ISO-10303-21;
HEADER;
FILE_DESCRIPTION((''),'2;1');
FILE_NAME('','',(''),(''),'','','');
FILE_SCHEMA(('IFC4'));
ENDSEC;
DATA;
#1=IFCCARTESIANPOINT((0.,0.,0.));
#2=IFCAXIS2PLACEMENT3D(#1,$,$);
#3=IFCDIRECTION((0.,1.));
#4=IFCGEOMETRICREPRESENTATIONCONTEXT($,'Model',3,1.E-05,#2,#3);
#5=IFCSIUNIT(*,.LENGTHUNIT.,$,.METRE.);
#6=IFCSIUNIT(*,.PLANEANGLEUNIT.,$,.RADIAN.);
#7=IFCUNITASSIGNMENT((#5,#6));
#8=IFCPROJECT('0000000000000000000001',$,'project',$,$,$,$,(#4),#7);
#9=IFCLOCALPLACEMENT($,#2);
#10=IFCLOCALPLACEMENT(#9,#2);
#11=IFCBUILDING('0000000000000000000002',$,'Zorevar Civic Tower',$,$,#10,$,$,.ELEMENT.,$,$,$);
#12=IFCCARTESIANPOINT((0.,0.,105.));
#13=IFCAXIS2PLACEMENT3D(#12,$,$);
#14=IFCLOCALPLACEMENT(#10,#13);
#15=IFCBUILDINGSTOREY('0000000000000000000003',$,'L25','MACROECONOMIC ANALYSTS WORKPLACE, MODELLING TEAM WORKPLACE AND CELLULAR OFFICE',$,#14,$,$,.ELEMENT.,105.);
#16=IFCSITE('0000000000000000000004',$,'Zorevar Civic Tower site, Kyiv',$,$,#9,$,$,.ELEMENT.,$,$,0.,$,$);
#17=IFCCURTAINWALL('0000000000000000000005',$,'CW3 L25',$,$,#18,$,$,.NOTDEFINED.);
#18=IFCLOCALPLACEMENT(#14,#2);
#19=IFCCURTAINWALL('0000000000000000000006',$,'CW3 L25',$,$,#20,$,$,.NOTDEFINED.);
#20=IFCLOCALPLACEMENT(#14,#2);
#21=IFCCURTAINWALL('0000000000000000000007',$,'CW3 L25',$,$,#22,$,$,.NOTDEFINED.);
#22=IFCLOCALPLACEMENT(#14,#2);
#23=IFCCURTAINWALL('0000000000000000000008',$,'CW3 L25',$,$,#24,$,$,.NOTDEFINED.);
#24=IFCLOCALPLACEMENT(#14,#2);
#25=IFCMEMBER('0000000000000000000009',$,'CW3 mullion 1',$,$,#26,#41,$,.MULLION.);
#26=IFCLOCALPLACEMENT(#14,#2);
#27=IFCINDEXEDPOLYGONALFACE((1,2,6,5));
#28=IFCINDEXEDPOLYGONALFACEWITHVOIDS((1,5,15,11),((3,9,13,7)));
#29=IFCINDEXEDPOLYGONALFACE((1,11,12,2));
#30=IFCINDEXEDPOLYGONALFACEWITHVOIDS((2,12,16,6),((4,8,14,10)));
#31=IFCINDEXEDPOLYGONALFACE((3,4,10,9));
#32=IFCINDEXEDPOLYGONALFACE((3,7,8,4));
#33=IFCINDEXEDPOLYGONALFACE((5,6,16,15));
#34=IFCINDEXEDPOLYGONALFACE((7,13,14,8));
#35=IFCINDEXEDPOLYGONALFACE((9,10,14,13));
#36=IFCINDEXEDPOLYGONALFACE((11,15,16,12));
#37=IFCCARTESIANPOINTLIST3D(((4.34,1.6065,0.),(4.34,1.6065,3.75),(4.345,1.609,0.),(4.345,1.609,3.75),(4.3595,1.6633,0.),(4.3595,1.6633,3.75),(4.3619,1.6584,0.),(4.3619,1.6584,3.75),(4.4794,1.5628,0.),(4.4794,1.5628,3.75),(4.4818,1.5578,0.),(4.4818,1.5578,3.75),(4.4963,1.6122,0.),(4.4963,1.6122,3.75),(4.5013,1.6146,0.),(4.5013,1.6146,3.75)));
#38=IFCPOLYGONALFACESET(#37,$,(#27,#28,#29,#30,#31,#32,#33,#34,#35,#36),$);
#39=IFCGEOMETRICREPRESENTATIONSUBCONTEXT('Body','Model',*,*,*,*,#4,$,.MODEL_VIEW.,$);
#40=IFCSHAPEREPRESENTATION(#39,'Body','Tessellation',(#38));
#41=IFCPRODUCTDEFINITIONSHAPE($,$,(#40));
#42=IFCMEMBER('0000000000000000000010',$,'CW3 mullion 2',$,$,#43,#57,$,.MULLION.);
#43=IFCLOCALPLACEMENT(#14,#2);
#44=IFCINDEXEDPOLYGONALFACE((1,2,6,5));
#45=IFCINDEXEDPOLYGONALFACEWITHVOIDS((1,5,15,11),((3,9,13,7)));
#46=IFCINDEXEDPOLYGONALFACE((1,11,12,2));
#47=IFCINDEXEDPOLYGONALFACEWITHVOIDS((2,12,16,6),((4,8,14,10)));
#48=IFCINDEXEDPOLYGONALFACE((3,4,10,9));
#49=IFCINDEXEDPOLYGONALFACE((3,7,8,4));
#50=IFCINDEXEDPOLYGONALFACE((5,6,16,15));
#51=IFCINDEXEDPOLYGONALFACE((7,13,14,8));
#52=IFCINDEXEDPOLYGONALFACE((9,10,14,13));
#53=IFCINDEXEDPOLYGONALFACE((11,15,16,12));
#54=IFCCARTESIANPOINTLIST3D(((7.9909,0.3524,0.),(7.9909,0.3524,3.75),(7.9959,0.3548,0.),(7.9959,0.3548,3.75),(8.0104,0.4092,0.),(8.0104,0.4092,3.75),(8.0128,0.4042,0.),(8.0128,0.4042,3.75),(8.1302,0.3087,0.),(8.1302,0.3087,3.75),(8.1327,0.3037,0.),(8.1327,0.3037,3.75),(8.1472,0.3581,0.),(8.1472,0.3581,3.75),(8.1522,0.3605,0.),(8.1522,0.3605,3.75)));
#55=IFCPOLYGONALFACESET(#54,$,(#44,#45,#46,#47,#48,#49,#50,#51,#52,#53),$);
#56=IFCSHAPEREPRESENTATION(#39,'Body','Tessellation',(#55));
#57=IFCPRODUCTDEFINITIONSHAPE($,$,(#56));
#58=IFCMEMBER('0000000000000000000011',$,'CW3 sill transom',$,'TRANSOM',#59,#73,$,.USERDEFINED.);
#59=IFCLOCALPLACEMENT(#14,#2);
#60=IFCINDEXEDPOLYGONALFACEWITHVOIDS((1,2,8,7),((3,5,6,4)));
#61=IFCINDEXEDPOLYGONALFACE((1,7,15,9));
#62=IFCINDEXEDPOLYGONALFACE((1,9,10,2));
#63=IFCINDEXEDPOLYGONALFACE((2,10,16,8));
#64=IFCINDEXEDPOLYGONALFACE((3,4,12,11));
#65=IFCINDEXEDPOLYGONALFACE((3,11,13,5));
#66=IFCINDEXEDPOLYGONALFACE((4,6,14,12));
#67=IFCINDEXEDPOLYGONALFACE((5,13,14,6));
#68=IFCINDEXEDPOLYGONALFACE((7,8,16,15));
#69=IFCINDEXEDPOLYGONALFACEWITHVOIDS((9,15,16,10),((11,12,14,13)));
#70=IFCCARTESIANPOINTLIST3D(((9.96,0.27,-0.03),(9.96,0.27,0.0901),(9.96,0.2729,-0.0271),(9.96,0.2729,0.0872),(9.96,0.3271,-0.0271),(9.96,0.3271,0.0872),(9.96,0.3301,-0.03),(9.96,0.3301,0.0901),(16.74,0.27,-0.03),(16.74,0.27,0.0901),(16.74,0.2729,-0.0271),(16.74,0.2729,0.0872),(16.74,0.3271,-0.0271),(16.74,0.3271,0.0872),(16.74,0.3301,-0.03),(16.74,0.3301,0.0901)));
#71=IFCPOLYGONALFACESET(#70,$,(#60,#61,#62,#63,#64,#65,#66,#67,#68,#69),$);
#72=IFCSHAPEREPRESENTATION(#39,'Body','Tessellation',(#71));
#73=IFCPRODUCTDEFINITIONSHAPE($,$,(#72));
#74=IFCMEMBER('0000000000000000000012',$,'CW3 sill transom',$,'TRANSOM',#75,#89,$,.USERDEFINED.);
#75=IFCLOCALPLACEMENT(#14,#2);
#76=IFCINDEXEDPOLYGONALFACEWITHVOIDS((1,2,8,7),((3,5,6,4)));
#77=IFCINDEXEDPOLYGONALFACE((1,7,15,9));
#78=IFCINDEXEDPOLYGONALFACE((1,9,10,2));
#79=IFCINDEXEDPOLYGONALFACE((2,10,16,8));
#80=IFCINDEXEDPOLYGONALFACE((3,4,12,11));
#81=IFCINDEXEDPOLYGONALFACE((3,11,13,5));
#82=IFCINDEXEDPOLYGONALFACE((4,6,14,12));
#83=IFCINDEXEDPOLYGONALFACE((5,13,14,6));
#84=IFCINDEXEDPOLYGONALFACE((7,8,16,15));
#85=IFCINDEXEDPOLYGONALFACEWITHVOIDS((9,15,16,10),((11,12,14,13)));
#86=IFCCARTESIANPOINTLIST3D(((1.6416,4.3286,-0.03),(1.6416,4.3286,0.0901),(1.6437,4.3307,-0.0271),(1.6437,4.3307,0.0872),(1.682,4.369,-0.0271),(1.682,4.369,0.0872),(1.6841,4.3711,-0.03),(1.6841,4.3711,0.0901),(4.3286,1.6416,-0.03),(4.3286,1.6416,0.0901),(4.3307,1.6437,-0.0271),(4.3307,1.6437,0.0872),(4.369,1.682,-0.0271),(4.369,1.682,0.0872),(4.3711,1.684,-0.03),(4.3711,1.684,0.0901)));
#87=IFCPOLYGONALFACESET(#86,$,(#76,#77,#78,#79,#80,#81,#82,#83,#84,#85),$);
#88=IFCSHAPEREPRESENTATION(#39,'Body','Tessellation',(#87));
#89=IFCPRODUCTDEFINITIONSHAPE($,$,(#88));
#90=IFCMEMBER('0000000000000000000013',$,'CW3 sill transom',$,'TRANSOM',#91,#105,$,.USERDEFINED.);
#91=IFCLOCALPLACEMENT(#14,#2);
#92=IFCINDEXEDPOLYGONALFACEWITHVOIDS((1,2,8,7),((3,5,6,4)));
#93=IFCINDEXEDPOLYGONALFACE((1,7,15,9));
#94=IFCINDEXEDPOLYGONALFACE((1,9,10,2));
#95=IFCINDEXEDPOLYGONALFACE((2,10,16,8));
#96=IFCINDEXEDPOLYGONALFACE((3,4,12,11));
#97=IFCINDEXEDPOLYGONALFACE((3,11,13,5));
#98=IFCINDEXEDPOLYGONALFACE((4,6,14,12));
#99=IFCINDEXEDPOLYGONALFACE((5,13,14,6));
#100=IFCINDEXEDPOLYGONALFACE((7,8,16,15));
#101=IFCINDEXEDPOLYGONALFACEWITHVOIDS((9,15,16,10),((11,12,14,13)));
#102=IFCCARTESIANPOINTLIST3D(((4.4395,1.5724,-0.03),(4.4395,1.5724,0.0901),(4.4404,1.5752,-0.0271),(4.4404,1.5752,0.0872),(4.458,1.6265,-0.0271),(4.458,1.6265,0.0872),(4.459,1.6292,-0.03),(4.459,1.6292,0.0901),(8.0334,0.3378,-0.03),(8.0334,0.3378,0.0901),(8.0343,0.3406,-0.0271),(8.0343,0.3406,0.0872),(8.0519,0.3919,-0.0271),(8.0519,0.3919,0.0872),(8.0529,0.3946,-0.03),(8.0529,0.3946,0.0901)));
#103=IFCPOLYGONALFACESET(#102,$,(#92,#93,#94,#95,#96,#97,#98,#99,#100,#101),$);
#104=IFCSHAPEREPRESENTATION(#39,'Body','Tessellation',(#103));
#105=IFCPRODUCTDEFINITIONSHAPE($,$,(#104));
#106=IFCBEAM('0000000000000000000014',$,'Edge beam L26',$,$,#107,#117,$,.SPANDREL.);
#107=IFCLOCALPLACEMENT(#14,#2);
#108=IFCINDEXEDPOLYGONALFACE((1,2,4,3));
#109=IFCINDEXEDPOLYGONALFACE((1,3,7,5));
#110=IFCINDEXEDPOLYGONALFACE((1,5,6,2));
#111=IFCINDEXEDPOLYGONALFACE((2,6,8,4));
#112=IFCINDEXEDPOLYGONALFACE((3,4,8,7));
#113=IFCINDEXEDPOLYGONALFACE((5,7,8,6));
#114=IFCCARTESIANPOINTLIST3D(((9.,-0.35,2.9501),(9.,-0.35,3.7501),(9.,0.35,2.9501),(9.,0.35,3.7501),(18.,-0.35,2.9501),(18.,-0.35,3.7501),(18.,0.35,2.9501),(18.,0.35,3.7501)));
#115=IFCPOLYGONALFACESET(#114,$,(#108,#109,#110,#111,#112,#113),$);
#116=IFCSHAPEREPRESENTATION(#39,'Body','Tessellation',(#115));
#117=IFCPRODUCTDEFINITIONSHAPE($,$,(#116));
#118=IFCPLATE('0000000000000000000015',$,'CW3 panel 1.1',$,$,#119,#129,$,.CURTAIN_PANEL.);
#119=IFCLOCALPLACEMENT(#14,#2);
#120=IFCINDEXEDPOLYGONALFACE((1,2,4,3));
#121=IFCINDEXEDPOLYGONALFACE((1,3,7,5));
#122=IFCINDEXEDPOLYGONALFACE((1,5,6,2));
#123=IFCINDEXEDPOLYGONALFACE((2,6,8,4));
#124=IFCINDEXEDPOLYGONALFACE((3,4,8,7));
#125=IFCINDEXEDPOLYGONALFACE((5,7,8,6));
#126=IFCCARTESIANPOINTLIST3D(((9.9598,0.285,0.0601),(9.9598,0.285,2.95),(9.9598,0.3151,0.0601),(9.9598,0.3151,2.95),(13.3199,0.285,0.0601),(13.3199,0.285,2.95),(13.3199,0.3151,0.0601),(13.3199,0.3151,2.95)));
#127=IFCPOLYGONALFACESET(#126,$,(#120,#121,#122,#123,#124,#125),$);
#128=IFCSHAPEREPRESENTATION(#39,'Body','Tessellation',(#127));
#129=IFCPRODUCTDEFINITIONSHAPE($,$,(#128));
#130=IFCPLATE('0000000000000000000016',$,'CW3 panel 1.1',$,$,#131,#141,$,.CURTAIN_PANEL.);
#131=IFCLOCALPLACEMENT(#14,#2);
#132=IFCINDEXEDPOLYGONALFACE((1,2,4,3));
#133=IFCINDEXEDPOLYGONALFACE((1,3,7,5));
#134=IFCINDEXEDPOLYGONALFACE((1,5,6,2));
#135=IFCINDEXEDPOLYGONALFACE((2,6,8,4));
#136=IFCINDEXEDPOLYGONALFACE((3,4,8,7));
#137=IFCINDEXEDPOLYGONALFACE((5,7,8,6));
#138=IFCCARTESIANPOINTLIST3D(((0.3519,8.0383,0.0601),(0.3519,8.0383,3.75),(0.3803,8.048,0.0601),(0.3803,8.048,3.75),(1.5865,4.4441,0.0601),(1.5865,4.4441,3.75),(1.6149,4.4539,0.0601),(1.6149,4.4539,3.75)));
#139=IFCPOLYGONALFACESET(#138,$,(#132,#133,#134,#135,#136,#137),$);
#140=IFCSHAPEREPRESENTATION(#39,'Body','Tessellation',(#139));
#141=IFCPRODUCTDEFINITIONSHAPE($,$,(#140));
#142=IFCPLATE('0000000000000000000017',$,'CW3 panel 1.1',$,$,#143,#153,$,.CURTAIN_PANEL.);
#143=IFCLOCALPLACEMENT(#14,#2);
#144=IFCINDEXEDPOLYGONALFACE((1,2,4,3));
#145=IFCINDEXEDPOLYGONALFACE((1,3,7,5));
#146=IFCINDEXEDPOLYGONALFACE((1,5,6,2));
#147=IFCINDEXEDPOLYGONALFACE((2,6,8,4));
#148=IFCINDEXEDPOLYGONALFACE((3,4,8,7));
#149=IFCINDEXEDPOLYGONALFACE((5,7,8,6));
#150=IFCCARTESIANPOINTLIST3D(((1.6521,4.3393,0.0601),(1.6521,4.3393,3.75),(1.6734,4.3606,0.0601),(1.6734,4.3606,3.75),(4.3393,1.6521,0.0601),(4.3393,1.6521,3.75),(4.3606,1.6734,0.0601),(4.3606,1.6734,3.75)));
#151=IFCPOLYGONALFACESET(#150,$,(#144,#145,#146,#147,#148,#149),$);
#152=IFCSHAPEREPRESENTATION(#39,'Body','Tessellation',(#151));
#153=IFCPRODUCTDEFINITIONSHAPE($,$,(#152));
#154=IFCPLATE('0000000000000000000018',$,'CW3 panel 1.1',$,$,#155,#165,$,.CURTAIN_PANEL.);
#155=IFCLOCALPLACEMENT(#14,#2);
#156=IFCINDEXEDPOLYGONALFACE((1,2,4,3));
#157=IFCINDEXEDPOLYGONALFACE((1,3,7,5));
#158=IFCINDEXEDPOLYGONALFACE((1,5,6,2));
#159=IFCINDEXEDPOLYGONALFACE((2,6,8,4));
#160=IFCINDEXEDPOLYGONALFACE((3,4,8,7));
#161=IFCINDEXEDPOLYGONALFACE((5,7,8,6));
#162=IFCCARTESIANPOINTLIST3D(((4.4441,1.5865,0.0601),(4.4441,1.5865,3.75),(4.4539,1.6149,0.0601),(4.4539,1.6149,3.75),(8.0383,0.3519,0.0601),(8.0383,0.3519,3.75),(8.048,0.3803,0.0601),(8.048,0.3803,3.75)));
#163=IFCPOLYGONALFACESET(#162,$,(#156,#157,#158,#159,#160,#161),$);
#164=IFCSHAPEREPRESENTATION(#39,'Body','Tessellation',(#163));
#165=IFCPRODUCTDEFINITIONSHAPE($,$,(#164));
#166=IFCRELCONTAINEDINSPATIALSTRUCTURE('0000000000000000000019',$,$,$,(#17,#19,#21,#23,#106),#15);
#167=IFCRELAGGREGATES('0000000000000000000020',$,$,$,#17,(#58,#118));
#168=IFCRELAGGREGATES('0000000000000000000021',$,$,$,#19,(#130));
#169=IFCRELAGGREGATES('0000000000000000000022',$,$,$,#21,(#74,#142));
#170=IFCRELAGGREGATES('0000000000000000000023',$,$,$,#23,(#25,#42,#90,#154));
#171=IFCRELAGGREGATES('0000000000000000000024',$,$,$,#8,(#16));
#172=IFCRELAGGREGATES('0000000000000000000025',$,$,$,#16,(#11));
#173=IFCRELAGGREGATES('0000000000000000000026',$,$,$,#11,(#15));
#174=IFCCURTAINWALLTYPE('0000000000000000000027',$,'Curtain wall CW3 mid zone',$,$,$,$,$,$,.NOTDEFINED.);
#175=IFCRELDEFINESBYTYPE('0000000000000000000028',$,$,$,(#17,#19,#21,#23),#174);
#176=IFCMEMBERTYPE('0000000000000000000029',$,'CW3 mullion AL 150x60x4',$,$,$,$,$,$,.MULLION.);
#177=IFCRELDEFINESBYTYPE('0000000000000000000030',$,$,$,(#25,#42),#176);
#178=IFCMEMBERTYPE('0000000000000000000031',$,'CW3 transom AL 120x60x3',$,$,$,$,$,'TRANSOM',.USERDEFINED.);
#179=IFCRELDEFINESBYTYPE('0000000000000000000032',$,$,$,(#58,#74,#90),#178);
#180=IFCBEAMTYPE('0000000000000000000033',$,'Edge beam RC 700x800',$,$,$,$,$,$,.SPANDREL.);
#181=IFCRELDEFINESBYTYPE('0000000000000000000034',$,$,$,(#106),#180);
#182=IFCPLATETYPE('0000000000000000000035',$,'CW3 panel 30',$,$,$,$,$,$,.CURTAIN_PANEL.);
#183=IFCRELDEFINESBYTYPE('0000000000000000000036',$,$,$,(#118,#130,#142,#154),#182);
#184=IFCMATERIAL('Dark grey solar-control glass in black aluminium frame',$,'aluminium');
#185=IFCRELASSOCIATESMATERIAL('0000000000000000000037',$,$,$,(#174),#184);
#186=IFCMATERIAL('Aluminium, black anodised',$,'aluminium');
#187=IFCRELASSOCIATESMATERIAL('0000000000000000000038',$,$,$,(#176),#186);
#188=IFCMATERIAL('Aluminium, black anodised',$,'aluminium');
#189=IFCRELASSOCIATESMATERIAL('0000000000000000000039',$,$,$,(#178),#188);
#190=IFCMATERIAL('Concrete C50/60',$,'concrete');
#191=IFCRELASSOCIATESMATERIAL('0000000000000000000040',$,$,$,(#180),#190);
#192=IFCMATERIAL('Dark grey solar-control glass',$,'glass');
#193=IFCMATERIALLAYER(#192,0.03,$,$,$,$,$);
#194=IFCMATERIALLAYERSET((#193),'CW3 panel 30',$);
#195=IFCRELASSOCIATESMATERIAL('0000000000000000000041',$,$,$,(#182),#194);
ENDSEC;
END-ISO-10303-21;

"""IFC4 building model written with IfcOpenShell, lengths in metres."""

from ifc_helpers import new_model, si_unit, direction, frame, origin, origin_2d, place, context, subcontext, project, spatial, rectangle, hollow_rectangle, extrude, material, layer, layer_set, material_profile, profile_set, type_object, element, aggregate, save


model = new_model("IFC4")

# Units and contexts
model_context = context("Model", 3, precision=1e-05, world=origin(), true_north=direction((0.0, 1.0)))
body_context = subcontext(model_context, "Body", "Model", "MODEL_VIEW")
ifc_project = project(units=[si_unit("LENGTHUNIT", "METRE"), si_unit("PLANEANGLEUNIT", "RADIAN")], contexts=[model_context])

# Site, building, storey
site_placement = place(None, origin())
site = spatial("IfcSite", under=ifc_project, at=site_placement, Name="Zorevar Civic Tower site, Kyiv", CompositionType="ELEMENT", RefElevation=0.0)
building_placement = place(site_placement, origin())
building = spatial("IfcBuilding", under=site, at=building_placement, Name="Zorevar Civic Tower", CompositionType="ELEMENT")
storey_placement = place(building_placement, frame((0.0, 0.0, 105.0)))
storey = spatial("IfcBuildingStorey", under=building, at=storey_placement, Name="L25", Description="MACROECONOMIC ANALYSTS WORKPLACE, MODELLING TEAM WORKPLACE AND CELLULAR OFFICE", CompositionType="ELEMENT", Elevation=105.0)

# Curtain wall
ifc_material_1 = material(Name="Dark grey solar-control glass in black aluminium frame", Category="aluminium")
curtain_wall_type = type_object("IfcCurtainWallType", Name="Curtain wall CW3 mid zone", PredefinedType="NOTDEFINED", material=ifc_material_1)
curtain_wall_1_placement = place(storey_placement, origin())
curtain_wall_1 = element("IfcCurtainWall", 1, at=curtain_wall_1_placement, inside=storey, type_object=curtain_wall_type, Name="CW3 L25", PredefinedType="NOTDEFINED")
ifc_material_2 = material(Name="Aluminium, black anodised", Category="aluminium")
ifc_material_profile_1 = material_profile(ifc_material_2, hollow_rectangle(XDim=0.0601, YDim=0.1499, WallThickness=0.0039, at=origin_2d()), Name="AL 150x60x4")
ifc_profile_set_1 = profile_set([ifc_material_profile_1], Name="Aluminium, black anodised")
member_type_1 = type_object("IfcMemberType", Name="CW3 mullion AL 150x60x4", PredefinedType="MULLION", material=ifc_profile_set_1)

# Curtain wall
curtain_wall_2_placement = place(storey_placement, origin())
curtain_wall_2 = element("IfcCurtainWall", 2, at=curtain_wall_2_placement, inside=storey, type_object=curtain_wall_type, Name="CW3 L25", PredefinedType="NOTDEFINED")

# Curtain walls, members
curtain_wall_3_placement = place(storey_placement, origin())
curtain_wall_3 = element("IfcCurtainWall", 3, at=curtain_wall_3_placement, inside=storey, type_object=curtain_wall_type, Name="CW3 L25", PredefinedType="NOTDEFINED")
curtain_wall_4_placement = place(storey_placement, origin())
curtain_wall_4 = element("IfcCurtainWall", 4, at=curtain_wall_4_placement, inside=storey, type_object=curtain_wall_type, Name="CW3 L25", PredefinedType="NOTDEFINED")
member_1_placement = place(storey_placement, frame((4.4207, 1.6106, 0.0), z_axis=(0.0, 0.0, 1.0), x_axis=(0.324878, 0.945756, 0.0)))
member_1 = element("IfcMember", 5, at=member_1_placement, type_object=member_type_1, Name="CW3 mullion 1", PredefinedType="MULLION", context=body_context, shape_type="SweptSolid", body=[
    extrude(hollow_rectangle(XDim=0.0601, YDim=0.1499, WallThickness=0.0039, at=origin_2d()), origin(), (0.0, 0.0, 1.0), 3.75),
])
member_2_placement = place(storey_placement, frame((8.0715, 0.3564, 0.0), z_axis=(0.0, 0.0, 1.0), x_axis=(0.324878, 0.945756, 0.0)))
member_2 = element("IfcMember", 6, at=member_2_placement, type_object=member_type_1, Name="CW3 mullion 2", PredefinedType="MULLION", context=body_context, shape_type="SweptSolid", body=[
    extrude(hollow_rectangle(XDim=0.0601, YDim=0.1499, WallThickness=0.0039, at=origin_2d()), origin(), (0.0, 0.0, 1.0), 3.75),
])

# Members
ifc_material_3 = material(Name="Aluminium, black anodised", Category="aluminium")
ifc_material_profile_2 = material_profile(ifc_material_3, hollow_rectangle(XDim=0.0601, YDim=0.1201, WallThickness=0.0029, at=origin_2d()), Name="AL 120x60x3")
ifc_profile_set_2 = profile_set([ifc_material_profile_2], Name="Aluminium, black anodised")
member_type_2 = type_object("IfcMemberType", Name="CW3 transom AL 120x60x3", ElementType="TRANSOM", PredefinedType="USERDEFINED", material=ifc_profile_set_2)
member_3_placement = place(storey_placement, frame((9.96, 0.3, 0.03), z_axis=(1.0, 0.0, 0.0), x_axis=(0.0, 1.0, 0.0)))
member_3 = element("IfcMember", 7, at=member_3_placement, type_object=member_type_2, Name="CW3 sill transom", ObjectType="TRANSOM", PredefinedType="USERDEFINED", context=body_context, shape_type="SweptSolid", body=[
    extrude(hollow_rectangle(XDim=0.0601, YDim=0.1201, WallThickness=0.0029, at=origin_2d()), origin(), (0.0, 0.0, 1.0), 6.78),
])
member_4_placement = place(storey_placement, frame((1.6628, 4.3499, 0.03), z_axis=(0.707107, -0.707107, 0.0), x_axis=(0.707107, 0.707107, 0.0)))
member_4 = element("IfcMember", 8, at=member_4_placement, type_object=member_type_2, Name="CW3 sill transom", ObjectType="TRANSOM", PredefinedType="USERDEFINED", context=body_context, shape_type="SweptSolid", body=[
    extrude(hollow_rectangle(XDim=0.0601, YDim=0.1201, WallThickness=0.0029, at=origin_2d()), origin(), (0.0, 0.0, 1.0), 3.8),
])
member_5_placement = place(storey_placement, frame((4.4492, 1.6008, 0.03), z_axis=(0.945753, -0.324888, 0.0), x_axis=(0.324888, 0.945753, 0.0)))
member_5 = element("IfcMember", 9, at=member_5_placement, type_object=member_type_2, Name="CW3 sill transom", ObjectType="TRANSOM", PredefinedType="USERDEFINED", context=body_context, shape_type="SweptSolid", body=[
    extrude(hollow_rectangle(XDim=0.0601, YDim=0.1201, WallThickness=0.0029, at=origin_2d()), origin(), (0.0, 0.0, 1.0), 3.8),
])

# Beam
ifc_material_4 = material(Name="Concrete C50/60", Category="concrete")
ifc_material_profile_3 = material_profile(ifc_material_4, rectangle(XDim=0.7, YDim=0.8, at=origin_2d()), Name="RC 700x800")
ifc_profile_set_3 = profile_set([ifc_material_profile_3], Name="Concrete C50/60")
beam_type_1 = type_object("IfcBeamType", Name="Edge beam RC 700x800", PredefinedType="SPANDREL", material=ifc_profile_set_3)
beam_1_placement = place(storey_placement, frame((9.0, 0.0, 3.3501), z_axis=(1.0, 0.0, 0.0), x_axis=(0.0, 1.0, 0.0)))
element("IfcBeam", 10, at=beam_1_placement, inside=storey, type_object=beam_type_1, Name="Edge beam L26", PredefinedType="SPANDREL", context=body_context, shape_type="SweptSolid", body=[
    extrude(rectangle(XDim=0.7, YDim=0.8, at=origin_2d()), origin(), (0.0, 0.0, 1.0), 9.0),
])

# Plates
ifc_material_5 = material(Name="Dark grey solar-control glass", Category="glass")
ifc_layer_1 = layer(ifc_material_5, 0.03)
ifc_layer_set_1 = layer_set([ifc_layer_1], Name="CW3 panel 30")
plate_type = type_object("IfcPlateType", Name="CW3 panel 30", PredefinedType="CURTAIN_PANEL", material=ifc_layer_set_1)
plate_1_placement = place(storey_placement, frame((11.6399, 0.3, 0.0601), z_axis=(0.0, 0.0, 1.0), x_axis=(1.0, 0.0, 0.0)))
plate_1 = element("IfcPlate", 11, at=plate_1_placement, type_object=plate_type, Name="CW3 panel 1.1", PredefinedType="CURTAIN_PANEL", context=body_context, shape_type="SweptSolid", body=[
    extrude(rectangle(XDim=3.3601, YDim=0.03, at=origin_2d()), origin(), (0.0, 0.0, 1.0), 2.8899),
])
aggregate(curtain_wall_1, [member_3, plate_1])
plate_2_placement = place(storey_placement, frame((0.9834, 6.2461, 0.0601), z_axis=(0.0, 0.0, 1.0), x_axis=(0.324878, -0.945756, 0.0)))
plate_2 = element("IfcPlate", 12, at=plate_2_placement, type_object=plate_type, Name="CW3 panel 1.1", PredefinedType="CURTAIN_PANEL", context=body_context, shape_type="SweptSolid", body=[
    extrude(rectangle(XDim=3.8003, YDim=0.03, at=origin_2d()), origin(), (0.0, 0.0, 1.0), 3.6899),
])
aggregate(curtain_wall_2, [plate_2])
plate_3_placement = place(storey_placement, frame((3.0063, 3.0063, 0.0601), z_axis=(0.0, 0.0, 1.0), x_axis=(0.707107, -0.707107, 0.0)))
plate_3 = element("IfcPlate", 13, at=plate_3_placement, type_object=plate_type, Name="CW3 panel 1.1", PredefinedType="CURTAIN_PANEL", context=body_context, shape_type="SweptSolid", body=[
    extrude(rectangle(XDim=3.8003, YDim=0.03, at=origin_2d()), origin(), (0.0, 0.0, 1.0), 3.6899),
])
aggregate(curtain_wall_3, [member_4, plate_3])
plate_4_placement = place(storey_placement, frame((6.2461, 0.9834, 0.0601), z_axis=(0.0, 0.0, 1.0), x_axis=(0.945756, -0.324878, 0.0)))
plate_4 = element("IfcPlate", 14, at=plate_4_placement, type_object=plate_type, Name="CW3 panel 1.1", PredefinedType="CURTAIN_PANEL", context=body_context, shape_type="SweptSolid", body=[
    extrude(rectangle(XDim=3.8003, YDim=0.03, at=origin_2d()), origin(), (0.0, 0.0, 1.0), 3.6899),
])
aggregate(curtain_wall_4, [member_1, member_2, member_5, plate_4])

save(model, "model.ifc")
